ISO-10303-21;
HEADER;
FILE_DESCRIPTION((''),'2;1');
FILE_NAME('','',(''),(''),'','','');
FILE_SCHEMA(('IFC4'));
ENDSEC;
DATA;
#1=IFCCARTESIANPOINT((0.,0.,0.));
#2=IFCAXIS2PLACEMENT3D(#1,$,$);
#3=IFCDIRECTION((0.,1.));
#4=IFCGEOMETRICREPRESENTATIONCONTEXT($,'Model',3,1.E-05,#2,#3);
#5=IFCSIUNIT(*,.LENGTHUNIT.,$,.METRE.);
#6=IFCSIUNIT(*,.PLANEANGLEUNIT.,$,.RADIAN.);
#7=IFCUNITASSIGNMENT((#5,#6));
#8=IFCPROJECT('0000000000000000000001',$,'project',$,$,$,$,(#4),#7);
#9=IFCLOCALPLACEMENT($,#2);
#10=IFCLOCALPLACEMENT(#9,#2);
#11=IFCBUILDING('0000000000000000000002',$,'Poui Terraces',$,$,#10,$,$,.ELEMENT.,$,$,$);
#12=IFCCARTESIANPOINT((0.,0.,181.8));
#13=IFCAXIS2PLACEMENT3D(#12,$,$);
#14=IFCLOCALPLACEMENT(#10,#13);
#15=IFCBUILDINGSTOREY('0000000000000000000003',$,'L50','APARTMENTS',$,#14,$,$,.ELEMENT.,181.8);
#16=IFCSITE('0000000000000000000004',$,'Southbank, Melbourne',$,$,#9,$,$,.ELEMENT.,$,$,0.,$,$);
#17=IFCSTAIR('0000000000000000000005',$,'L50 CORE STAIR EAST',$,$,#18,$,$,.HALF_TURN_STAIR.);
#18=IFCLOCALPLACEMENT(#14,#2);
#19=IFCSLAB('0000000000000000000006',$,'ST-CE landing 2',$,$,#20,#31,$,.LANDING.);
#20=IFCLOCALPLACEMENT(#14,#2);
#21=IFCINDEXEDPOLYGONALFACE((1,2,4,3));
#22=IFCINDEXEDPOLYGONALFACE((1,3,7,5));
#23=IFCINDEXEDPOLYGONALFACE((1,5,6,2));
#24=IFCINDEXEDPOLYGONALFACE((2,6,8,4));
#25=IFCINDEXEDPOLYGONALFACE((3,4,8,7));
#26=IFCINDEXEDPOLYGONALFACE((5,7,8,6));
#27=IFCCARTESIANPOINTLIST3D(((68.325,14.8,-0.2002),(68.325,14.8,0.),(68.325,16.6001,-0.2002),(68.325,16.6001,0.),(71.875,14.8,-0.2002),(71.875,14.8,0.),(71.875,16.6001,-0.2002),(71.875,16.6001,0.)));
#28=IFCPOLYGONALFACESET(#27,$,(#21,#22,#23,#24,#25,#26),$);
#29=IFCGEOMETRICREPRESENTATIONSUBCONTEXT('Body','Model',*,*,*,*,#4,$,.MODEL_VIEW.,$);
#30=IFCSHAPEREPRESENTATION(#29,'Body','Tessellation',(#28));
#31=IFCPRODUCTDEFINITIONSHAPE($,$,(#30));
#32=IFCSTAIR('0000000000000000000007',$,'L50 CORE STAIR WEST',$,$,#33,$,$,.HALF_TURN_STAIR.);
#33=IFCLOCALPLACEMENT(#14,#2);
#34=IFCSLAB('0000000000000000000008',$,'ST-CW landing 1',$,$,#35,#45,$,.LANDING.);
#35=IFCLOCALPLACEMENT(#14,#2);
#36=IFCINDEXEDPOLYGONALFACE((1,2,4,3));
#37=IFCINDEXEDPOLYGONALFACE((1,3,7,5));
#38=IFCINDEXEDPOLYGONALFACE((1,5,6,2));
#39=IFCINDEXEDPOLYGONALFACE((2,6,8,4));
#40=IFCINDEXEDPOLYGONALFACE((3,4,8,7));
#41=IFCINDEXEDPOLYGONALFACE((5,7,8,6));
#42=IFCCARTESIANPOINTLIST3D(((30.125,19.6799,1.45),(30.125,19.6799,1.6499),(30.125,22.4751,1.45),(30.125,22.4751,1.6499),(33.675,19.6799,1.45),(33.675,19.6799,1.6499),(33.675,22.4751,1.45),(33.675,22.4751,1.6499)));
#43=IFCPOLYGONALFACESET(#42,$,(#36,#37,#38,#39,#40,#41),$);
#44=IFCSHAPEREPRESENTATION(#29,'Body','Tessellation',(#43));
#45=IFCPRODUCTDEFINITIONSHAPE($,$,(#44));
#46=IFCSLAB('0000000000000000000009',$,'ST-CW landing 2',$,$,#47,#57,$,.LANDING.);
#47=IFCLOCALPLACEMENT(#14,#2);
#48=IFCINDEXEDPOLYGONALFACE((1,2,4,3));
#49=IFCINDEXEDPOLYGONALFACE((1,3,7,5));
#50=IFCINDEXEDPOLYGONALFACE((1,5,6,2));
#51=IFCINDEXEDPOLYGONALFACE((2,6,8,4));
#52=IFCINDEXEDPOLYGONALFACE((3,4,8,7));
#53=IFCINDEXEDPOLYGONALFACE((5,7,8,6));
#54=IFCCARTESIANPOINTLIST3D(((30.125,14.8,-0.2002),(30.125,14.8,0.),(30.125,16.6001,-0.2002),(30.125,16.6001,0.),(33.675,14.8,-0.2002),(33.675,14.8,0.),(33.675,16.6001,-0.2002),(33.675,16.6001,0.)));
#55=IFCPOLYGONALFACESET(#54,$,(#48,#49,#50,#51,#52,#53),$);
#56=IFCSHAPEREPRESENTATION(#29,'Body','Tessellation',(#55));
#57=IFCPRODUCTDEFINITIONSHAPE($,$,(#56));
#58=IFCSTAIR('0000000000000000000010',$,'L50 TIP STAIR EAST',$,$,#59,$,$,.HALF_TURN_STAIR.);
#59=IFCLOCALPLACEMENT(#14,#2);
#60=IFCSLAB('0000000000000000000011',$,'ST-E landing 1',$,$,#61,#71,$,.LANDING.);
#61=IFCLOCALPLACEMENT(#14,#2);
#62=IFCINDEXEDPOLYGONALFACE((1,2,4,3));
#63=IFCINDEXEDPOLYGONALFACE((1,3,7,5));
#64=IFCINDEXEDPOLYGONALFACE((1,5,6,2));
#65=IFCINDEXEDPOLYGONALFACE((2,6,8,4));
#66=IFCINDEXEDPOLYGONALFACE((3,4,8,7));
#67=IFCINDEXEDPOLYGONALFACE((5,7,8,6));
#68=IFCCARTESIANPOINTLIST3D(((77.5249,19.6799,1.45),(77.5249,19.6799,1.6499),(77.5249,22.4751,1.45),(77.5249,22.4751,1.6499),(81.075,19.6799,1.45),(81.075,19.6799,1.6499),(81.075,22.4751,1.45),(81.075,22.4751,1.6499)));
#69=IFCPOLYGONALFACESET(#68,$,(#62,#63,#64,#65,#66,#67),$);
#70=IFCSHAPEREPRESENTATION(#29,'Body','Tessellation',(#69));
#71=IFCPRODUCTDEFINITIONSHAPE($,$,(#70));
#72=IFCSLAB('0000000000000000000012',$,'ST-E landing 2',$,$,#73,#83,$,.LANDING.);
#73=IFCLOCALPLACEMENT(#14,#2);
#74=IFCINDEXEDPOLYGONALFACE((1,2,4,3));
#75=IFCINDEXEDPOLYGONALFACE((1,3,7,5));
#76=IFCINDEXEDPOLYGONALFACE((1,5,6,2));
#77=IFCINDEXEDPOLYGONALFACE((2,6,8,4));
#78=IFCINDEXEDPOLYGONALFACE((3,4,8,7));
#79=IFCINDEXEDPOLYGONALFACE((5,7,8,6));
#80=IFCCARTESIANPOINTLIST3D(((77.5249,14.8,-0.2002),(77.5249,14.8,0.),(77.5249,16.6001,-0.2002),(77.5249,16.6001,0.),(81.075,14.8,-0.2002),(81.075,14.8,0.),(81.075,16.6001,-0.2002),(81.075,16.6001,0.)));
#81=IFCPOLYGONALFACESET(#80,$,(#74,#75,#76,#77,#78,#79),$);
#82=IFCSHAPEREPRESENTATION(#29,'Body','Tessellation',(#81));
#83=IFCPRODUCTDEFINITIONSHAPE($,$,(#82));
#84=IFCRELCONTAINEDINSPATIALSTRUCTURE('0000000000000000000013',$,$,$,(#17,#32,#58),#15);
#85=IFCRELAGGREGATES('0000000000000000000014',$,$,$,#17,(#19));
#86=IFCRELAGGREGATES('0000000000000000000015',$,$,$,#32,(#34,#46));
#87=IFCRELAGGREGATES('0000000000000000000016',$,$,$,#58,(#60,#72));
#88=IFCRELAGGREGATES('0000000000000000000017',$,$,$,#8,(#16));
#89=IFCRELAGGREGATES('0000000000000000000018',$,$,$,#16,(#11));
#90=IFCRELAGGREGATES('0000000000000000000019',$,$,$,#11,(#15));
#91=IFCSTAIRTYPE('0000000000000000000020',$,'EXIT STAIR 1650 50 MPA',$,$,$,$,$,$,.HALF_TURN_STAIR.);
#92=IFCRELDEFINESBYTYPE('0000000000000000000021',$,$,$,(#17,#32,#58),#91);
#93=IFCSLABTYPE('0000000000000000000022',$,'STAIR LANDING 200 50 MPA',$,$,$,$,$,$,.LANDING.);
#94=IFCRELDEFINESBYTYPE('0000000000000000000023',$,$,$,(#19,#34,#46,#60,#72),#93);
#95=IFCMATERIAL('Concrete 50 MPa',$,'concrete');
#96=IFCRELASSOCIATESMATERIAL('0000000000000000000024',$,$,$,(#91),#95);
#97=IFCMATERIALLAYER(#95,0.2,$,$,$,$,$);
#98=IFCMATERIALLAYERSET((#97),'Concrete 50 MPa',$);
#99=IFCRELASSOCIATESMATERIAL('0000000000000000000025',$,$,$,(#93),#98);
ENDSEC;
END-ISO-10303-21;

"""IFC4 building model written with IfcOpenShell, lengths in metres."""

from ifc_helpers import new_model, si_unit, direction, frame, origin, place, context, subcontext, project, spatial, polyline, outline, extrude, material, layer, layer_set, type_object, element, aggregate, save


model = new_model("IFC4")

# Units and contexts
model_context = context("Model", 3, precision=1e-05, world=origin(), true_north=direction((0.0, 1.0)))
body_context = subcontext(model_context, "Body", "Model", "MODEL_VIEW")
ifc_project = project(units=[si_unit("LENGTHUNIT", "METRE"), si_unit("PLANEANGLEUNIT", "RADIAN")], contexts=[model_context])

# Site, building, storey
site_placement = place(None, origin())
site = spatial("IfcSite", under=ifc_project, at=site_placement, Name="Southbank, Melbourne", CompositionType="ELEMENT", RefElevation=0.0)
building_placement = place(site_placement, origin())
building = spatial("IfcBuilding", under=site, at=building_placement, Name="Poui Terraces", CompositionType="ELEMENT")
storey_placement = place(building_placement, frame((0.0, 0.0, 181.8)))
storey = spatial("IfcBuildingStorey", under=building, at=storey_placement, Name="L50", Description="APARTMENTS", CompositionType="ELEMENT", Elevation=181.8)

# Stair, slab
ifc_material = material(Name="Concrete 50 MPa", Category="concrete")
stair_type = type_object("IfcStairType", Name="EXIT STAIR 1650 50 MPA", PredefinedType="HALF_TURN_STAIR", material=ifc_material)
stair_1_placement = place(storey_placement, origin())
stair_1 = element("IfcStair", 1, at=stair_1_placement, inside=storey, type_object=stair_type, Name="L50 CORE STAIR EAST", PredefinedType="HALF_TURN_STAIR")
ifc_layer = layer(ifc_material, 0.2)
ifc_layer_set = layer_set([ifc_layer], Name="Concrete 50 MPa")
slab_type = type_object("IfcSlabType", Name="STAIR LANDING 200 50 MPA", PredefinedType="LANDING", material=ifc_layer_set)
slab_1_placement = place(storey_placement, frame((0.0, 0.0, -0.2002)))
slab_1 = element("IfcSlab", 2, at=slab_1_placement, type_object=slab_type, Name="ST-CE landing 2", PredefinedType="LANDING", context=body_context, shape_type="SweptSolid", body=[
    extrude(outline(polyline([(68.325, 14.8), (71.875, 14.8), (71.875, 16.6001), (68.325, 16.6001), (68.325, 14.8)])), origin(), (0.0, 0.0, 1.0), 0.2002),
])
aggregate(stair_1, [slab_1])

# Stairs, slabs
stair_2_placement = place(storey_placement, origin())
stair_2 = element("IfcStair", 3, at=stair_2_placement, inside=storey, type_object=stair_type, Name="L50 CORE STAIR WEST", PredefinedType="HALF_TURN_STAIR")
slab_2_placement = place(storey_placement, frame((0.0, 0.0, 1.45)))
slab_2 = element("IfcSlab", 4, at=slab_2_placement, type_object=slab_type, Name="ST-CW landing 1", PredefinedType="LANDING", context=body_context, shape_type="SweptSolid", body=[
    extrude(outline(polyline([(30.125, 19.6799), (33.675, 19.6799), (33.675, 22.4751), (30.125, 22.4751), (30.125, 19.6799)])), origin(), (0.0, 0.0, 1.0), 0.2),
])
slab_3_placement = place(storey_placement, frame((0.0, 0.0, -0.2002)))
slab_3 = element("IfcSlab", 5, at=slab_3_placement, type_object=slab_type, Name="ST-CW landing 2", PredefinedType="LANDING", context=body_context, shape_type="SweptSolid", body=[
    extrude(outline(polyline([(30.125, 14.8), (33.675, 14.8), (33.675, 16.6001), (30.125, 16.6001), (30.125, 14.8)])), origin(), (0.0, 0.0, 1.0), 0.2002),
])
aggregate(stair_2, [slab_2, slab_3])
stair_3_placement = place(storey_placement, origin())
stair_3 = element("IfcStair", 6, at=stair_3_placement, inside=storey, type_object=stair_type, Name="L50 TIP STAIR EAST", PredefinedType="HALF_TURN_STAIR")
slab_4_placement = place(storey_placement, frame((0.0, 0.0, 1.45)))
slab_4 = element("IfcSlab", 7, at=slab_4_placement, type_object=slab_type, Name="ST-E landing 1", PredefinedType="LANDING", context=body_context, shape_type="SweptSolid", body=[
    extrude(outline(polyline([(77.5249, 19.6799), (81.075, 19.6799), (81.075, 22.4751), (77.5249, 22.4751), (77.5249, 19.6799)])), origin(), (0.0, 0.0, 1.0), 0.2),
])
slab_5_placement = place(storey_placement, frame((0.0, 0.0, -0.2002)))
slab_5 = element("IfcSlab", 8, at=slab_5_placement, type_object=slab_type, Name="ST-E landing 2", PredefinedType="LANDING", context=body_context, shape_type="SweptSolid", body=[
    extrude(outline(polyline([(77.5249, 14.8), (81.075, 14.8), (81.075, 16.6001), (77.5249, 16.6001), (77.5249, 14.8)])), origin(), (0.0, 0.0, 1.0), 0.2002),
])
aggregate(stair_3, [slab_4, slab_5])

save(model, "model.ifc")
